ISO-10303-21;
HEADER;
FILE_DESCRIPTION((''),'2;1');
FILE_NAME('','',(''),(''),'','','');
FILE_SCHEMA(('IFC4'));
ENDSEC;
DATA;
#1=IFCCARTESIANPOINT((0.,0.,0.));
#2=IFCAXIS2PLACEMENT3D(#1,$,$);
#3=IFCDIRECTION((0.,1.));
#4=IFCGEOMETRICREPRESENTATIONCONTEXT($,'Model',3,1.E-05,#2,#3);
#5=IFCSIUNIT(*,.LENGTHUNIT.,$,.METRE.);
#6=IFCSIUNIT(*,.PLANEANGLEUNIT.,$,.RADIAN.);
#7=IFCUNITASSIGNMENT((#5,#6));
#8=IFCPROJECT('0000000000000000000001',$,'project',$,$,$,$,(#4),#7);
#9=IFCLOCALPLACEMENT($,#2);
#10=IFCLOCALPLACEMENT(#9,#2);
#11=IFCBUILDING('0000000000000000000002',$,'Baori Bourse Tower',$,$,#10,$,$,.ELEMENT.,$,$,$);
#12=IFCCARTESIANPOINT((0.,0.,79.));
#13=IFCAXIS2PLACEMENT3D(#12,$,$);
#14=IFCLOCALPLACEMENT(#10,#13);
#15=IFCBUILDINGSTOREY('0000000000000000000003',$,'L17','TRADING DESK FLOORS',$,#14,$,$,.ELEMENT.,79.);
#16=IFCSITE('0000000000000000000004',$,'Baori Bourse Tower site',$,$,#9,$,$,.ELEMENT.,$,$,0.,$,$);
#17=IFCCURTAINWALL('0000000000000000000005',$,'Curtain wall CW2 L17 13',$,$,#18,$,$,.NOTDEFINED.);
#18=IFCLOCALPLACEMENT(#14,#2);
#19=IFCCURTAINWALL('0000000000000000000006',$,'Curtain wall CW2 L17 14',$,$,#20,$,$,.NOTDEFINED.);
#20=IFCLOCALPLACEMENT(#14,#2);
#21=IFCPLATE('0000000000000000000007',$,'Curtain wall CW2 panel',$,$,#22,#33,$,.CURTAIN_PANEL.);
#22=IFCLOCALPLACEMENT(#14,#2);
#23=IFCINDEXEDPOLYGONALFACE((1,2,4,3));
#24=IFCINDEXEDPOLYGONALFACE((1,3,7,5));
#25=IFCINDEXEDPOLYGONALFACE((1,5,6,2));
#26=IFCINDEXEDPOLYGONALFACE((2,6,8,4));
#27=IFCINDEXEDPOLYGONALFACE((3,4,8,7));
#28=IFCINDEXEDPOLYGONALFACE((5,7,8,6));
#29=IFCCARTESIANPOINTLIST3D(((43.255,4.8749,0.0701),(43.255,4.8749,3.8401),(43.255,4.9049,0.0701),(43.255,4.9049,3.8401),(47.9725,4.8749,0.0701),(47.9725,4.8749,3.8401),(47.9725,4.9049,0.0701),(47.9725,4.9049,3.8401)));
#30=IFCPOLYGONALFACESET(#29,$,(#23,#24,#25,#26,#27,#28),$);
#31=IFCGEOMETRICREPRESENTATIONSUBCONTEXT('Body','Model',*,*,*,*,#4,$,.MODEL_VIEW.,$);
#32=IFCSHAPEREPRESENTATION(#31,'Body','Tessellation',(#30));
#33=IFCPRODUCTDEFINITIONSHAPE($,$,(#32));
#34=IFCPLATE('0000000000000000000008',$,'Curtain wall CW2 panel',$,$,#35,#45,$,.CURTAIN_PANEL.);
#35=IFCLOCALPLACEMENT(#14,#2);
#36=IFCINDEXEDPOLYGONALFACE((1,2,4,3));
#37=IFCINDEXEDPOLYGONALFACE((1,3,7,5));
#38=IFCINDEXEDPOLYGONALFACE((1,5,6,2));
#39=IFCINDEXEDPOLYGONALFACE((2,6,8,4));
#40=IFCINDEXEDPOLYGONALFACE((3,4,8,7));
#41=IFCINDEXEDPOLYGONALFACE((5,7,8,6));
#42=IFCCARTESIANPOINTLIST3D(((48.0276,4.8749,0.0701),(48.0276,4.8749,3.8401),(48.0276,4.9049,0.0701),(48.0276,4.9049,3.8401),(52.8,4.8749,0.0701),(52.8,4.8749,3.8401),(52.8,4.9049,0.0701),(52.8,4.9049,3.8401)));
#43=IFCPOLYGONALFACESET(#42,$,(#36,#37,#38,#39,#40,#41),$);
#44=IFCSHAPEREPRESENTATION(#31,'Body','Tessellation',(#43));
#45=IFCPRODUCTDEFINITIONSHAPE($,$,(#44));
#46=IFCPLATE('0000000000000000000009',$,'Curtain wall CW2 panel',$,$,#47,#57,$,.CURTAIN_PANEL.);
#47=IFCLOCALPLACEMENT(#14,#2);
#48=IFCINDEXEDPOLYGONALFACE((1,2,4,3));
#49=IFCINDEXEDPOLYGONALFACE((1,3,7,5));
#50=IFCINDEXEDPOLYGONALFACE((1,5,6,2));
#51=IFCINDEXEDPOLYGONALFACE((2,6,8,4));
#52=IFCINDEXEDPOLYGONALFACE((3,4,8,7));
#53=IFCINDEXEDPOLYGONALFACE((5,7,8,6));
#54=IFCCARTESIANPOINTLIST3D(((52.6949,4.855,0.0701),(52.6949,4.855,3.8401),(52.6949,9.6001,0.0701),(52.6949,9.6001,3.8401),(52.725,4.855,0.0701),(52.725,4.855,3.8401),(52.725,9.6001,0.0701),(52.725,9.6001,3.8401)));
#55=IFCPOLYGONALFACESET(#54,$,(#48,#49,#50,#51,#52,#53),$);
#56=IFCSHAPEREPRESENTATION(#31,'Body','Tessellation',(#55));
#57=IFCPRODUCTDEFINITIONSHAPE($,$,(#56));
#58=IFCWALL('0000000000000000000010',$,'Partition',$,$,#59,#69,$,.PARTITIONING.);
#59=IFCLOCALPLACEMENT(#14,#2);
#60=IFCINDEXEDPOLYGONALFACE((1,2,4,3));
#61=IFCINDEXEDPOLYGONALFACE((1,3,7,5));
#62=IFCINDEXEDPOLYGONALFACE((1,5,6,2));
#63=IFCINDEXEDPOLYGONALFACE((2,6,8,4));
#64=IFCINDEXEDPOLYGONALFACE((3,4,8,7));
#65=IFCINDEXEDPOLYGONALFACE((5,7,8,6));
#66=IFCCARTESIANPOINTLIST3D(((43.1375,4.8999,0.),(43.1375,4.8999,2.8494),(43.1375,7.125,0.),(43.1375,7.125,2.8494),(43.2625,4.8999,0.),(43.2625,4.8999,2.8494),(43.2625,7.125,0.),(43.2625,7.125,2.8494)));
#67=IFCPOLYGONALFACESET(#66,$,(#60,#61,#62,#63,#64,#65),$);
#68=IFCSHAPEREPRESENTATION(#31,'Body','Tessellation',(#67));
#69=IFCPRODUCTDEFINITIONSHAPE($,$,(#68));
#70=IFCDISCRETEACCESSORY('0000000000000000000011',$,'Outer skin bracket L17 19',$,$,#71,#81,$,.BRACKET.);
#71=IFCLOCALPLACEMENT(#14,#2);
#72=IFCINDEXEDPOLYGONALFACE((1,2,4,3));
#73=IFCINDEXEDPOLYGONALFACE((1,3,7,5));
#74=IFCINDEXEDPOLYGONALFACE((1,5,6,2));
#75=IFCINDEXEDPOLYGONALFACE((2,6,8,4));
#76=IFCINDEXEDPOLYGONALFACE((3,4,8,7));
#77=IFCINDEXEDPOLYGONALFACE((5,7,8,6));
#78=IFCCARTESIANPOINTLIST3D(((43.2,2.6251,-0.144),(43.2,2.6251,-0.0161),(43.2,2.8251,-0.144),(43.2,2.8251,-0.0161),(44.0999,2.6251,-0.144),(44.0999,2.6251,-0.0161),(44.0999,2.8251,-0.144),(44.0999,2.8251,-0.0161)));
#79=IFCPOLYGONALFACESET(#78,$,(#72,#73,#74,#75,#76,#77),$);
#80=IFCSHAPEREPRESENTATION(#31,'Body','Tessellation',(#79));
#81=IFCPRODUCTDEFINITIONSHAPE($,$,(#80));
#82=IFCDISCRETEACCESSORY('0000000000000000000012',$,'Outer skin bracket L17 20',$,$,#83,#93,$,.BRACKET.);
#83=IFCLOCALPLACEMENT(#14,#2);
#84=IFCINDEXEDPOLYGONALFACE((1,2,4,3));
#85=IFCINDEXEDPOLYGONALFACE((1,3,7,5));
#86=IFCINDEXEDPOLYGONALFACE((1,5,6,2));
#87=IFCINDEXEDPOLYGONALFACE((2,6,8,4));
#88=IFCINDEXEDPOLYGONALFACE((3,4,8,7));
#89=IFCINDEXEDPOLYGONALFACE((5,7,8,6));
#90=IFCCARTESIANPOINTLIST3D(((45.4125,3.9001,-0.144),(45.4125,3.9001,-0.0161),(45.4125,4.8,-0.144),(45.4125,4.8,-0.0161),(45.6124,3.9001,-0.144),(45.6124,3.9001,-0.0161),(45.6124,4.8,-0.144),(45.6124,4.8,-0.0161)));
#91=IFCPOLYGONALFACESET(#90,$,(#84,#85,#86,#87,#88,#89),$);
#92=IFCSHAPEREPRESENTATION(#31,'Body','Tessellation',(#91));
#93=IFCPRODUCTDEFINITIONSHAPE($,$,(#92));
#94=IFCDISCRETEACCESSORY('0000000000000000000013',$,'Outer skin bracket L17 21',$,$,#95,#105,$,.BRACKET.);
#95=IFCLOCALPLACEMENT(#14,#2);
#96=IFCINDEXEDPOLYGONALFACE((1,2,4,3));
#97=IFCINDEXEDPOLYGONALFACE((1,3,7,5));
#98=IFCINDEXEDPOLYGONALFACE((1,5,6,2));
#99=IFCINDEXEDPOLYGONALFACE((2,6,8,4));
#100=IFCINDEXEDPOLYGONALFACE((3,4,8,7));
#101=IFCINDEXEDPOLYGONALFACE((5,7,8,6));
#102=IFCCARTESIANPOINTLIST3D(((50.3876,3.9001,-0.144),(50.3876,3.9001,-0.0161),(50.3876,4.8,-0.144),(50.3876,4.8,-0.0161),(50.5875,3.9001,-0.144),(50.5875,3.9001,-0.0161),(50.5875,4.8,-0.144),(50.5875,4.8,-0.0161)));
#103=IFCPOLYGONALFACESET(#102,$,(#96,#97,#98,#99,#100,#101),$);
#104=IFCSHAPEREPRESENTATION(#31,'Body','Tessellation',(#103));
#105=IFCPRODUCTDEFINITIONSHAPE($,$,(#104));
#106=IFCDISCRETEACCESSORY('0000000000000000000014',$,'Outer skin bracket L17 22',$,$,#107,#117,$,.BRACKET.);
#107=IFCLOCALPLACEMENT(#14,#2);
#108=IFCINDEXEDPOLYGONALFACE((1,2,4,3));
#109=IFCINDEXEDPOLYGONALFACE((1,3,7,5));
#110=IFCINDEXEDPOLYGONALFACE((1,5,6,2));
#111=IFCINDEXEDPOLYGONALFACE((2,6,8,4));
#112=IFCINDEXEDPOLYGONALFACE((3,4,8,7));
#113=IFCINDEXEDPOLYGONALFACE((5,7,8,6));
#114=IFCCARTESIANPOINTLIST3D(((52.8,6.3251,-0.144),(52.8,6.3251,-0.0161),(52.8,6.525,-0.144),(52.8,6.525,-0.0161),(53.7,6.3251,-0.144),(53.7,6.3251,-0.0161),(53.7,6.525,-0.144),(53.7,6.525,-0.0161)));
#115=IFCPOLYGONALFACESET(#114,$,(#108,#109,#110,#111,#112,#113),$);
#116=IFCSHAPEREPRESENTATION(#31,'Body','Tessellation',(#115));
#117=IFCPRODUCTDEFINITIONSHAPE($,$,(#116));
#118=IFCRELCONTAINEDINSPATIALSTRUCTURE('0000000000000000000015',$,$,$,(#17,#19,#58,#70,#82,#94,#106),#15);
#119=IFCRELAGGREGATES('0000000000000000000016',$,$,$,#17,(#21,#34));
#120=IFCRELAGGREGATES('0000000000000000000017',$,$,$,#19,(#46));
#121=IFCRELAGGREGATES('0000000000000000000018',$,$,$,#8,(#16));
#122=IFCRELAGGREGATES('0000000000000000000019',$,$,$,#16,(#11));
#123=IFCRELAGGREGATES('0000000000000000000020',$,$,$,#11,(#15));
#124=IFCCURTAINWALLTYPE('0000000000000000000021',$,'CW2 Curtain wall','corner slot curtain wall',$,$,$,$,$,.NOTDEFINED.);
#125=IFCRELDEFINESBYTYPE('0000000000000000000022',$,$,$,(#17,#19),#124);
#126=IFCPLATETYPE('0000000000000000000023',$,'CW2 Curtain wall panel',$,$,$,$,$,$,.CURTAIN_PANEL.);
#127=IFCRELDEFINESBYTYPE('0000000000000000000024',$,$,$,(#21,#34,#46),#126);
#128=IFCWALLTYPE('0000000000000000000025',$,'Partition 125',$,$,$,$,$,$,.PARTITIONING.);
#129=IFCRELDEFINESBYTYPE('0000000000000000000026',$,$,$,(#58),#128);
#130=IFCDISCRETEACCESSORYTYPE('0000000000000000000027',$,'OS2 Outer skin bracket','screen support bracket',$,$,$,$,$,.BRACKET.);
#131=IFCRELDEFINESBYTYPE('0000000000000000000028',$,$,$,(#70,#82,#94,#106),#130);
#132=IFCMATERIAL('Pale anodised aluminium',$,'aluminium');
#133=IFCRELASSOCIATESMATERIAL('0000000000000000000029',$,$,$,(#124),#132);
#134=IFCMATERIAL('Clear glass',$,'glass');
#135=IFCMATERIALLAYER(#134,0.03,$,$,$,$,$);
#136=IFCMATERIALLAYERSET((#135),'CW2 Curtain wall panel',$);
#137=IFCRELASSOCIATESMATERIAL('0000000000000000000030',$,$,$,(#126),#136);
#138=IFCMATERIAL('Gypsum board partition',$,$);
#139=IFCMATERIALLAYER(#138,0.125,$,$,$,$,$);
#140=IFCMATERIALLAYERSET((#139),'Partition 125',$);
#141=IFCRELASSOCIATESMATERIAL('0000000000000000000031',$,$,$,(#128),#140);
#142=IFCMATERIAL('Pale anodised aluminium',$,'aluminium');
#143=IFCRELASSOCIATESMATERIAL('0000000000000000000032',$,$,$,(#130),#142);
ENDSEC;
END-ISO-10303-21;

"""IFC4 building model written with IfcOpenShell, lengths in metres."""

from ifc_helpers import new_model, si_unit, direction, frame, frame_2d, origin, origin_2d, place, context, subcontext, project, spatial, rectangle, extrude, material, layer, layer_set, type_object, element, aggregate, save


model = new_model("IFC4")

# Units and contexts
model_context = context("Model", 3, precision=1e-05, world=origin(), true_north=direction((0.0, 1.0)))
body_context = subcontext(model_context, "Body", "Model", "MODEL_VIEW")
ifc_project = project(units=[si_unit("LENGTHUNIT", "METRE"), si_unit("PLANEANGLEUNIT", "RADIAN")], contexts=[model_context])

# Site, building, storey
site_placement = place(None, origin())
site = spatial("IfcSite", under=ifc_project, at=site_placement, Name="Baori Bourse Tower site", CompositionType="ELEMENT", RefElevation=0.0)
building_placement = place(site_placement, origin())
building = spatial("IfcBuilding", under=site, at=building_placement, Name="Baori Bourse Tower", CompositionType="ELEMENT")
storey_placement = place(building_placement, frame((0.0, 0.0, 79.0)))
storey = spatial("IfcBuildingStorey", under=building, at=storey_placement, Name="L17", Description="TRADING DESK FLOORS", CompositionType="ELEMENT", Elevation=79.0)

# Curtain wall
ifc_material_1 = material(Name="Pale anodised aluminium", Category="aluminium")
curtain_wall_type = type_object("IfcCurtainWallType", Name="CW2 Curtain wall", Description="corner slot curtain wall", PredefinedType="NOTDEFINED", material=ifc_material_1)
curtain_wall_1_placement = place(storey_placement, origin())
curtain_wall_1 = element("IfcCurtainWall", 1, at=curtain_wall_1_placement, inside=storey, type_object=curtain_wall_type, Name="Curtain wall CW2 L17 13", PredefinedType="NOTDEFINED")

# Curtain wall
curtain_wall_2_placement = place(storey_placement, origin())
curtain_wall_2 = element("IfcCurtainWall", 2, at=curtain_wall_2_placement, inside=storey, type_object=curtain_wall_type, Name="Curtain wall CW2 L17 14", PredefinedType="NOTDEFINED")

# Shared definitions
ifc_material_2 = material(Name="Clear glass", Category="glass")
ifc_layer_1 = layer(ifc_material_2, 0.03)
ifc_layer_set_1 = layer_set([ifc_layer_1], Name="CW2 Curtain wall panel")
plate_type = type_object("IfcPlateType", Name="CW2 Curtain wall panel", PredefinedType="CURTAIN_PANEL", material=ifc_layer_set_1)

# Plates
plate_1_placement = place(storey_placement, frame((45.6138, 4.8899, 0.0701), z_axis=(0.0, 0.0, 1.0), x_axis=(1.0, 0.0, 0.0)))
plate_1 = element("IfcPlate", 3, at=plate_1_placement, type_object=plate_type, Name="Curtain wall CW2 panel", PredefinedType="CURTAIN_PANEL", context=body_context, shape_type="SweptSolid", body=[
    extrude(rectangle(XDim=4.7175, YDim=0.03, at=origin_2d()), origin(), (0.0, 0.0, 1.0), 3.77),
])
plate_2_placement = place(storey_placement, frame((50.4138, 4.8899, 0.0701), z_axis=(0.0, 0.0, 1.0), x_axis=(1.0, 0.0, 0.0)))
plate_2 = element("IfcPlate", 4, at=plate_2_placement, type_object=plate_type, Name="Curtain wall CW2 panel", PredefinedType="CURTAIN_PANEL", context=body_context, shape_type="SweptSolid", body=[
    extrude(rectangle(XDim=4.7725, YDim=0.03, at=origin_2d()), origin(), (0.0, 0.0, 1.0), 3.77),
])
aggregate(curtain_wall_1, [plate_1, plate_2])
plate_3_placement = place(storey_placement, frame((52.71, 7.2275, 0.0701), z_axis=(0.0, 0.0, 1.0), x_axis=(0.0, 1.0, 0.0)))
plate_3 = element("IfcPlate", 5, at=plate_3_placement, type_object=plate_type, Name="Curtain wall CW2 panel", PredefinedType="CURTAIN_PANEL", context=body_context, shape_type="SweptSolid", body=[
    extrude(rectangle(XDim=4.7451, YDim=0.03, at=origin_2d()), origin(), (0.0, 0.0, 1.0), 3.77),
])
aggregate(curtain_wall_2, [plate_3])

# Wall
ifc_material_3 = material(Name="Gypsum board partition")
ifc_layer_2 = layer(ifc_material_3, 0.125)
ifc_layer_set_2 = layer_set([ifc_layer_2], Name="Partition 125")
wall_type = type_object("IfcWallType", Name="Partition 125", PredefinedType="PARTITIONING", material=ifc_layer_set_2)
wall_placement = place(storey_placement, frame((43.2, 4.8999, 0.0), z_axis=(0.0, 0.0, 1.0), x_axis=(0.0, 1.0, 0.0)))
element("IfcWall", 6, at=wall_placement, inside=storey, type_object=wall_type, Name="Partition", PredefinedType="PARTITIONING", context=body_context, shape_type="SweptSolid", body=[
    extrude(rectangle(XDim=2.2251, YDim=0.125, at=frame_2d((1.1125, 0.0))), origin(), (0.0, 0.0, 1.0), 2.8494),
])

# Discrete accessories
ifc_material_4 = material(Name="Pale anodised aluminium", Category="aluminium")
discrete_accessory_type = type_object("IfcDiscreteAccessoryType", Name="OS2 Outer skin bracket", Description="screen support bracket", PredefinedType="BRACKET", material=ifc_material_4)
for number, where, z_axis, x_axis, name in (
    (7, (43.6499, 2.7251, -0.144), (0.0, 0.0, 1.0), (0.0, 1.0, 0.0), "Outer skin bracket L17 19"),
    (8, (45.5125, 4.3501, -0.144), (0.0, 0.0, 1.0), (1.0, 0.0, 0.0), "Outer skin bracket L17 20"),
    (9, (50.4875, 4.3501, -0.144), (0.0, 0.0, 1.0), (1.0, 0.0, 0.0), "Outer skin bracket L17 21"),
    (10, (53.25, 6.425, -0.144), (0.0, 0.0, 1.0), (0.0, 1.0, 0.0), "Outer skin bracket L17 22"),
):
    element("IfcDiscreteAccessory", number, at=place(storey_placement, frame(where, z_axis=z_axis, x_axis=x_axis)), inside=storey, type_object=discrete_accessory_type, Name=name, PredefinedType="BRACKET", context=body_context, shape_type="SweptSolid", body=[
        extrude(rectangle(XDim=0.2, YDim=0.8999, at=origin_2d()), origin(), (0.0, 0.0, 1.0), 0.1279),
    ])

save(model, "model.ifc")
